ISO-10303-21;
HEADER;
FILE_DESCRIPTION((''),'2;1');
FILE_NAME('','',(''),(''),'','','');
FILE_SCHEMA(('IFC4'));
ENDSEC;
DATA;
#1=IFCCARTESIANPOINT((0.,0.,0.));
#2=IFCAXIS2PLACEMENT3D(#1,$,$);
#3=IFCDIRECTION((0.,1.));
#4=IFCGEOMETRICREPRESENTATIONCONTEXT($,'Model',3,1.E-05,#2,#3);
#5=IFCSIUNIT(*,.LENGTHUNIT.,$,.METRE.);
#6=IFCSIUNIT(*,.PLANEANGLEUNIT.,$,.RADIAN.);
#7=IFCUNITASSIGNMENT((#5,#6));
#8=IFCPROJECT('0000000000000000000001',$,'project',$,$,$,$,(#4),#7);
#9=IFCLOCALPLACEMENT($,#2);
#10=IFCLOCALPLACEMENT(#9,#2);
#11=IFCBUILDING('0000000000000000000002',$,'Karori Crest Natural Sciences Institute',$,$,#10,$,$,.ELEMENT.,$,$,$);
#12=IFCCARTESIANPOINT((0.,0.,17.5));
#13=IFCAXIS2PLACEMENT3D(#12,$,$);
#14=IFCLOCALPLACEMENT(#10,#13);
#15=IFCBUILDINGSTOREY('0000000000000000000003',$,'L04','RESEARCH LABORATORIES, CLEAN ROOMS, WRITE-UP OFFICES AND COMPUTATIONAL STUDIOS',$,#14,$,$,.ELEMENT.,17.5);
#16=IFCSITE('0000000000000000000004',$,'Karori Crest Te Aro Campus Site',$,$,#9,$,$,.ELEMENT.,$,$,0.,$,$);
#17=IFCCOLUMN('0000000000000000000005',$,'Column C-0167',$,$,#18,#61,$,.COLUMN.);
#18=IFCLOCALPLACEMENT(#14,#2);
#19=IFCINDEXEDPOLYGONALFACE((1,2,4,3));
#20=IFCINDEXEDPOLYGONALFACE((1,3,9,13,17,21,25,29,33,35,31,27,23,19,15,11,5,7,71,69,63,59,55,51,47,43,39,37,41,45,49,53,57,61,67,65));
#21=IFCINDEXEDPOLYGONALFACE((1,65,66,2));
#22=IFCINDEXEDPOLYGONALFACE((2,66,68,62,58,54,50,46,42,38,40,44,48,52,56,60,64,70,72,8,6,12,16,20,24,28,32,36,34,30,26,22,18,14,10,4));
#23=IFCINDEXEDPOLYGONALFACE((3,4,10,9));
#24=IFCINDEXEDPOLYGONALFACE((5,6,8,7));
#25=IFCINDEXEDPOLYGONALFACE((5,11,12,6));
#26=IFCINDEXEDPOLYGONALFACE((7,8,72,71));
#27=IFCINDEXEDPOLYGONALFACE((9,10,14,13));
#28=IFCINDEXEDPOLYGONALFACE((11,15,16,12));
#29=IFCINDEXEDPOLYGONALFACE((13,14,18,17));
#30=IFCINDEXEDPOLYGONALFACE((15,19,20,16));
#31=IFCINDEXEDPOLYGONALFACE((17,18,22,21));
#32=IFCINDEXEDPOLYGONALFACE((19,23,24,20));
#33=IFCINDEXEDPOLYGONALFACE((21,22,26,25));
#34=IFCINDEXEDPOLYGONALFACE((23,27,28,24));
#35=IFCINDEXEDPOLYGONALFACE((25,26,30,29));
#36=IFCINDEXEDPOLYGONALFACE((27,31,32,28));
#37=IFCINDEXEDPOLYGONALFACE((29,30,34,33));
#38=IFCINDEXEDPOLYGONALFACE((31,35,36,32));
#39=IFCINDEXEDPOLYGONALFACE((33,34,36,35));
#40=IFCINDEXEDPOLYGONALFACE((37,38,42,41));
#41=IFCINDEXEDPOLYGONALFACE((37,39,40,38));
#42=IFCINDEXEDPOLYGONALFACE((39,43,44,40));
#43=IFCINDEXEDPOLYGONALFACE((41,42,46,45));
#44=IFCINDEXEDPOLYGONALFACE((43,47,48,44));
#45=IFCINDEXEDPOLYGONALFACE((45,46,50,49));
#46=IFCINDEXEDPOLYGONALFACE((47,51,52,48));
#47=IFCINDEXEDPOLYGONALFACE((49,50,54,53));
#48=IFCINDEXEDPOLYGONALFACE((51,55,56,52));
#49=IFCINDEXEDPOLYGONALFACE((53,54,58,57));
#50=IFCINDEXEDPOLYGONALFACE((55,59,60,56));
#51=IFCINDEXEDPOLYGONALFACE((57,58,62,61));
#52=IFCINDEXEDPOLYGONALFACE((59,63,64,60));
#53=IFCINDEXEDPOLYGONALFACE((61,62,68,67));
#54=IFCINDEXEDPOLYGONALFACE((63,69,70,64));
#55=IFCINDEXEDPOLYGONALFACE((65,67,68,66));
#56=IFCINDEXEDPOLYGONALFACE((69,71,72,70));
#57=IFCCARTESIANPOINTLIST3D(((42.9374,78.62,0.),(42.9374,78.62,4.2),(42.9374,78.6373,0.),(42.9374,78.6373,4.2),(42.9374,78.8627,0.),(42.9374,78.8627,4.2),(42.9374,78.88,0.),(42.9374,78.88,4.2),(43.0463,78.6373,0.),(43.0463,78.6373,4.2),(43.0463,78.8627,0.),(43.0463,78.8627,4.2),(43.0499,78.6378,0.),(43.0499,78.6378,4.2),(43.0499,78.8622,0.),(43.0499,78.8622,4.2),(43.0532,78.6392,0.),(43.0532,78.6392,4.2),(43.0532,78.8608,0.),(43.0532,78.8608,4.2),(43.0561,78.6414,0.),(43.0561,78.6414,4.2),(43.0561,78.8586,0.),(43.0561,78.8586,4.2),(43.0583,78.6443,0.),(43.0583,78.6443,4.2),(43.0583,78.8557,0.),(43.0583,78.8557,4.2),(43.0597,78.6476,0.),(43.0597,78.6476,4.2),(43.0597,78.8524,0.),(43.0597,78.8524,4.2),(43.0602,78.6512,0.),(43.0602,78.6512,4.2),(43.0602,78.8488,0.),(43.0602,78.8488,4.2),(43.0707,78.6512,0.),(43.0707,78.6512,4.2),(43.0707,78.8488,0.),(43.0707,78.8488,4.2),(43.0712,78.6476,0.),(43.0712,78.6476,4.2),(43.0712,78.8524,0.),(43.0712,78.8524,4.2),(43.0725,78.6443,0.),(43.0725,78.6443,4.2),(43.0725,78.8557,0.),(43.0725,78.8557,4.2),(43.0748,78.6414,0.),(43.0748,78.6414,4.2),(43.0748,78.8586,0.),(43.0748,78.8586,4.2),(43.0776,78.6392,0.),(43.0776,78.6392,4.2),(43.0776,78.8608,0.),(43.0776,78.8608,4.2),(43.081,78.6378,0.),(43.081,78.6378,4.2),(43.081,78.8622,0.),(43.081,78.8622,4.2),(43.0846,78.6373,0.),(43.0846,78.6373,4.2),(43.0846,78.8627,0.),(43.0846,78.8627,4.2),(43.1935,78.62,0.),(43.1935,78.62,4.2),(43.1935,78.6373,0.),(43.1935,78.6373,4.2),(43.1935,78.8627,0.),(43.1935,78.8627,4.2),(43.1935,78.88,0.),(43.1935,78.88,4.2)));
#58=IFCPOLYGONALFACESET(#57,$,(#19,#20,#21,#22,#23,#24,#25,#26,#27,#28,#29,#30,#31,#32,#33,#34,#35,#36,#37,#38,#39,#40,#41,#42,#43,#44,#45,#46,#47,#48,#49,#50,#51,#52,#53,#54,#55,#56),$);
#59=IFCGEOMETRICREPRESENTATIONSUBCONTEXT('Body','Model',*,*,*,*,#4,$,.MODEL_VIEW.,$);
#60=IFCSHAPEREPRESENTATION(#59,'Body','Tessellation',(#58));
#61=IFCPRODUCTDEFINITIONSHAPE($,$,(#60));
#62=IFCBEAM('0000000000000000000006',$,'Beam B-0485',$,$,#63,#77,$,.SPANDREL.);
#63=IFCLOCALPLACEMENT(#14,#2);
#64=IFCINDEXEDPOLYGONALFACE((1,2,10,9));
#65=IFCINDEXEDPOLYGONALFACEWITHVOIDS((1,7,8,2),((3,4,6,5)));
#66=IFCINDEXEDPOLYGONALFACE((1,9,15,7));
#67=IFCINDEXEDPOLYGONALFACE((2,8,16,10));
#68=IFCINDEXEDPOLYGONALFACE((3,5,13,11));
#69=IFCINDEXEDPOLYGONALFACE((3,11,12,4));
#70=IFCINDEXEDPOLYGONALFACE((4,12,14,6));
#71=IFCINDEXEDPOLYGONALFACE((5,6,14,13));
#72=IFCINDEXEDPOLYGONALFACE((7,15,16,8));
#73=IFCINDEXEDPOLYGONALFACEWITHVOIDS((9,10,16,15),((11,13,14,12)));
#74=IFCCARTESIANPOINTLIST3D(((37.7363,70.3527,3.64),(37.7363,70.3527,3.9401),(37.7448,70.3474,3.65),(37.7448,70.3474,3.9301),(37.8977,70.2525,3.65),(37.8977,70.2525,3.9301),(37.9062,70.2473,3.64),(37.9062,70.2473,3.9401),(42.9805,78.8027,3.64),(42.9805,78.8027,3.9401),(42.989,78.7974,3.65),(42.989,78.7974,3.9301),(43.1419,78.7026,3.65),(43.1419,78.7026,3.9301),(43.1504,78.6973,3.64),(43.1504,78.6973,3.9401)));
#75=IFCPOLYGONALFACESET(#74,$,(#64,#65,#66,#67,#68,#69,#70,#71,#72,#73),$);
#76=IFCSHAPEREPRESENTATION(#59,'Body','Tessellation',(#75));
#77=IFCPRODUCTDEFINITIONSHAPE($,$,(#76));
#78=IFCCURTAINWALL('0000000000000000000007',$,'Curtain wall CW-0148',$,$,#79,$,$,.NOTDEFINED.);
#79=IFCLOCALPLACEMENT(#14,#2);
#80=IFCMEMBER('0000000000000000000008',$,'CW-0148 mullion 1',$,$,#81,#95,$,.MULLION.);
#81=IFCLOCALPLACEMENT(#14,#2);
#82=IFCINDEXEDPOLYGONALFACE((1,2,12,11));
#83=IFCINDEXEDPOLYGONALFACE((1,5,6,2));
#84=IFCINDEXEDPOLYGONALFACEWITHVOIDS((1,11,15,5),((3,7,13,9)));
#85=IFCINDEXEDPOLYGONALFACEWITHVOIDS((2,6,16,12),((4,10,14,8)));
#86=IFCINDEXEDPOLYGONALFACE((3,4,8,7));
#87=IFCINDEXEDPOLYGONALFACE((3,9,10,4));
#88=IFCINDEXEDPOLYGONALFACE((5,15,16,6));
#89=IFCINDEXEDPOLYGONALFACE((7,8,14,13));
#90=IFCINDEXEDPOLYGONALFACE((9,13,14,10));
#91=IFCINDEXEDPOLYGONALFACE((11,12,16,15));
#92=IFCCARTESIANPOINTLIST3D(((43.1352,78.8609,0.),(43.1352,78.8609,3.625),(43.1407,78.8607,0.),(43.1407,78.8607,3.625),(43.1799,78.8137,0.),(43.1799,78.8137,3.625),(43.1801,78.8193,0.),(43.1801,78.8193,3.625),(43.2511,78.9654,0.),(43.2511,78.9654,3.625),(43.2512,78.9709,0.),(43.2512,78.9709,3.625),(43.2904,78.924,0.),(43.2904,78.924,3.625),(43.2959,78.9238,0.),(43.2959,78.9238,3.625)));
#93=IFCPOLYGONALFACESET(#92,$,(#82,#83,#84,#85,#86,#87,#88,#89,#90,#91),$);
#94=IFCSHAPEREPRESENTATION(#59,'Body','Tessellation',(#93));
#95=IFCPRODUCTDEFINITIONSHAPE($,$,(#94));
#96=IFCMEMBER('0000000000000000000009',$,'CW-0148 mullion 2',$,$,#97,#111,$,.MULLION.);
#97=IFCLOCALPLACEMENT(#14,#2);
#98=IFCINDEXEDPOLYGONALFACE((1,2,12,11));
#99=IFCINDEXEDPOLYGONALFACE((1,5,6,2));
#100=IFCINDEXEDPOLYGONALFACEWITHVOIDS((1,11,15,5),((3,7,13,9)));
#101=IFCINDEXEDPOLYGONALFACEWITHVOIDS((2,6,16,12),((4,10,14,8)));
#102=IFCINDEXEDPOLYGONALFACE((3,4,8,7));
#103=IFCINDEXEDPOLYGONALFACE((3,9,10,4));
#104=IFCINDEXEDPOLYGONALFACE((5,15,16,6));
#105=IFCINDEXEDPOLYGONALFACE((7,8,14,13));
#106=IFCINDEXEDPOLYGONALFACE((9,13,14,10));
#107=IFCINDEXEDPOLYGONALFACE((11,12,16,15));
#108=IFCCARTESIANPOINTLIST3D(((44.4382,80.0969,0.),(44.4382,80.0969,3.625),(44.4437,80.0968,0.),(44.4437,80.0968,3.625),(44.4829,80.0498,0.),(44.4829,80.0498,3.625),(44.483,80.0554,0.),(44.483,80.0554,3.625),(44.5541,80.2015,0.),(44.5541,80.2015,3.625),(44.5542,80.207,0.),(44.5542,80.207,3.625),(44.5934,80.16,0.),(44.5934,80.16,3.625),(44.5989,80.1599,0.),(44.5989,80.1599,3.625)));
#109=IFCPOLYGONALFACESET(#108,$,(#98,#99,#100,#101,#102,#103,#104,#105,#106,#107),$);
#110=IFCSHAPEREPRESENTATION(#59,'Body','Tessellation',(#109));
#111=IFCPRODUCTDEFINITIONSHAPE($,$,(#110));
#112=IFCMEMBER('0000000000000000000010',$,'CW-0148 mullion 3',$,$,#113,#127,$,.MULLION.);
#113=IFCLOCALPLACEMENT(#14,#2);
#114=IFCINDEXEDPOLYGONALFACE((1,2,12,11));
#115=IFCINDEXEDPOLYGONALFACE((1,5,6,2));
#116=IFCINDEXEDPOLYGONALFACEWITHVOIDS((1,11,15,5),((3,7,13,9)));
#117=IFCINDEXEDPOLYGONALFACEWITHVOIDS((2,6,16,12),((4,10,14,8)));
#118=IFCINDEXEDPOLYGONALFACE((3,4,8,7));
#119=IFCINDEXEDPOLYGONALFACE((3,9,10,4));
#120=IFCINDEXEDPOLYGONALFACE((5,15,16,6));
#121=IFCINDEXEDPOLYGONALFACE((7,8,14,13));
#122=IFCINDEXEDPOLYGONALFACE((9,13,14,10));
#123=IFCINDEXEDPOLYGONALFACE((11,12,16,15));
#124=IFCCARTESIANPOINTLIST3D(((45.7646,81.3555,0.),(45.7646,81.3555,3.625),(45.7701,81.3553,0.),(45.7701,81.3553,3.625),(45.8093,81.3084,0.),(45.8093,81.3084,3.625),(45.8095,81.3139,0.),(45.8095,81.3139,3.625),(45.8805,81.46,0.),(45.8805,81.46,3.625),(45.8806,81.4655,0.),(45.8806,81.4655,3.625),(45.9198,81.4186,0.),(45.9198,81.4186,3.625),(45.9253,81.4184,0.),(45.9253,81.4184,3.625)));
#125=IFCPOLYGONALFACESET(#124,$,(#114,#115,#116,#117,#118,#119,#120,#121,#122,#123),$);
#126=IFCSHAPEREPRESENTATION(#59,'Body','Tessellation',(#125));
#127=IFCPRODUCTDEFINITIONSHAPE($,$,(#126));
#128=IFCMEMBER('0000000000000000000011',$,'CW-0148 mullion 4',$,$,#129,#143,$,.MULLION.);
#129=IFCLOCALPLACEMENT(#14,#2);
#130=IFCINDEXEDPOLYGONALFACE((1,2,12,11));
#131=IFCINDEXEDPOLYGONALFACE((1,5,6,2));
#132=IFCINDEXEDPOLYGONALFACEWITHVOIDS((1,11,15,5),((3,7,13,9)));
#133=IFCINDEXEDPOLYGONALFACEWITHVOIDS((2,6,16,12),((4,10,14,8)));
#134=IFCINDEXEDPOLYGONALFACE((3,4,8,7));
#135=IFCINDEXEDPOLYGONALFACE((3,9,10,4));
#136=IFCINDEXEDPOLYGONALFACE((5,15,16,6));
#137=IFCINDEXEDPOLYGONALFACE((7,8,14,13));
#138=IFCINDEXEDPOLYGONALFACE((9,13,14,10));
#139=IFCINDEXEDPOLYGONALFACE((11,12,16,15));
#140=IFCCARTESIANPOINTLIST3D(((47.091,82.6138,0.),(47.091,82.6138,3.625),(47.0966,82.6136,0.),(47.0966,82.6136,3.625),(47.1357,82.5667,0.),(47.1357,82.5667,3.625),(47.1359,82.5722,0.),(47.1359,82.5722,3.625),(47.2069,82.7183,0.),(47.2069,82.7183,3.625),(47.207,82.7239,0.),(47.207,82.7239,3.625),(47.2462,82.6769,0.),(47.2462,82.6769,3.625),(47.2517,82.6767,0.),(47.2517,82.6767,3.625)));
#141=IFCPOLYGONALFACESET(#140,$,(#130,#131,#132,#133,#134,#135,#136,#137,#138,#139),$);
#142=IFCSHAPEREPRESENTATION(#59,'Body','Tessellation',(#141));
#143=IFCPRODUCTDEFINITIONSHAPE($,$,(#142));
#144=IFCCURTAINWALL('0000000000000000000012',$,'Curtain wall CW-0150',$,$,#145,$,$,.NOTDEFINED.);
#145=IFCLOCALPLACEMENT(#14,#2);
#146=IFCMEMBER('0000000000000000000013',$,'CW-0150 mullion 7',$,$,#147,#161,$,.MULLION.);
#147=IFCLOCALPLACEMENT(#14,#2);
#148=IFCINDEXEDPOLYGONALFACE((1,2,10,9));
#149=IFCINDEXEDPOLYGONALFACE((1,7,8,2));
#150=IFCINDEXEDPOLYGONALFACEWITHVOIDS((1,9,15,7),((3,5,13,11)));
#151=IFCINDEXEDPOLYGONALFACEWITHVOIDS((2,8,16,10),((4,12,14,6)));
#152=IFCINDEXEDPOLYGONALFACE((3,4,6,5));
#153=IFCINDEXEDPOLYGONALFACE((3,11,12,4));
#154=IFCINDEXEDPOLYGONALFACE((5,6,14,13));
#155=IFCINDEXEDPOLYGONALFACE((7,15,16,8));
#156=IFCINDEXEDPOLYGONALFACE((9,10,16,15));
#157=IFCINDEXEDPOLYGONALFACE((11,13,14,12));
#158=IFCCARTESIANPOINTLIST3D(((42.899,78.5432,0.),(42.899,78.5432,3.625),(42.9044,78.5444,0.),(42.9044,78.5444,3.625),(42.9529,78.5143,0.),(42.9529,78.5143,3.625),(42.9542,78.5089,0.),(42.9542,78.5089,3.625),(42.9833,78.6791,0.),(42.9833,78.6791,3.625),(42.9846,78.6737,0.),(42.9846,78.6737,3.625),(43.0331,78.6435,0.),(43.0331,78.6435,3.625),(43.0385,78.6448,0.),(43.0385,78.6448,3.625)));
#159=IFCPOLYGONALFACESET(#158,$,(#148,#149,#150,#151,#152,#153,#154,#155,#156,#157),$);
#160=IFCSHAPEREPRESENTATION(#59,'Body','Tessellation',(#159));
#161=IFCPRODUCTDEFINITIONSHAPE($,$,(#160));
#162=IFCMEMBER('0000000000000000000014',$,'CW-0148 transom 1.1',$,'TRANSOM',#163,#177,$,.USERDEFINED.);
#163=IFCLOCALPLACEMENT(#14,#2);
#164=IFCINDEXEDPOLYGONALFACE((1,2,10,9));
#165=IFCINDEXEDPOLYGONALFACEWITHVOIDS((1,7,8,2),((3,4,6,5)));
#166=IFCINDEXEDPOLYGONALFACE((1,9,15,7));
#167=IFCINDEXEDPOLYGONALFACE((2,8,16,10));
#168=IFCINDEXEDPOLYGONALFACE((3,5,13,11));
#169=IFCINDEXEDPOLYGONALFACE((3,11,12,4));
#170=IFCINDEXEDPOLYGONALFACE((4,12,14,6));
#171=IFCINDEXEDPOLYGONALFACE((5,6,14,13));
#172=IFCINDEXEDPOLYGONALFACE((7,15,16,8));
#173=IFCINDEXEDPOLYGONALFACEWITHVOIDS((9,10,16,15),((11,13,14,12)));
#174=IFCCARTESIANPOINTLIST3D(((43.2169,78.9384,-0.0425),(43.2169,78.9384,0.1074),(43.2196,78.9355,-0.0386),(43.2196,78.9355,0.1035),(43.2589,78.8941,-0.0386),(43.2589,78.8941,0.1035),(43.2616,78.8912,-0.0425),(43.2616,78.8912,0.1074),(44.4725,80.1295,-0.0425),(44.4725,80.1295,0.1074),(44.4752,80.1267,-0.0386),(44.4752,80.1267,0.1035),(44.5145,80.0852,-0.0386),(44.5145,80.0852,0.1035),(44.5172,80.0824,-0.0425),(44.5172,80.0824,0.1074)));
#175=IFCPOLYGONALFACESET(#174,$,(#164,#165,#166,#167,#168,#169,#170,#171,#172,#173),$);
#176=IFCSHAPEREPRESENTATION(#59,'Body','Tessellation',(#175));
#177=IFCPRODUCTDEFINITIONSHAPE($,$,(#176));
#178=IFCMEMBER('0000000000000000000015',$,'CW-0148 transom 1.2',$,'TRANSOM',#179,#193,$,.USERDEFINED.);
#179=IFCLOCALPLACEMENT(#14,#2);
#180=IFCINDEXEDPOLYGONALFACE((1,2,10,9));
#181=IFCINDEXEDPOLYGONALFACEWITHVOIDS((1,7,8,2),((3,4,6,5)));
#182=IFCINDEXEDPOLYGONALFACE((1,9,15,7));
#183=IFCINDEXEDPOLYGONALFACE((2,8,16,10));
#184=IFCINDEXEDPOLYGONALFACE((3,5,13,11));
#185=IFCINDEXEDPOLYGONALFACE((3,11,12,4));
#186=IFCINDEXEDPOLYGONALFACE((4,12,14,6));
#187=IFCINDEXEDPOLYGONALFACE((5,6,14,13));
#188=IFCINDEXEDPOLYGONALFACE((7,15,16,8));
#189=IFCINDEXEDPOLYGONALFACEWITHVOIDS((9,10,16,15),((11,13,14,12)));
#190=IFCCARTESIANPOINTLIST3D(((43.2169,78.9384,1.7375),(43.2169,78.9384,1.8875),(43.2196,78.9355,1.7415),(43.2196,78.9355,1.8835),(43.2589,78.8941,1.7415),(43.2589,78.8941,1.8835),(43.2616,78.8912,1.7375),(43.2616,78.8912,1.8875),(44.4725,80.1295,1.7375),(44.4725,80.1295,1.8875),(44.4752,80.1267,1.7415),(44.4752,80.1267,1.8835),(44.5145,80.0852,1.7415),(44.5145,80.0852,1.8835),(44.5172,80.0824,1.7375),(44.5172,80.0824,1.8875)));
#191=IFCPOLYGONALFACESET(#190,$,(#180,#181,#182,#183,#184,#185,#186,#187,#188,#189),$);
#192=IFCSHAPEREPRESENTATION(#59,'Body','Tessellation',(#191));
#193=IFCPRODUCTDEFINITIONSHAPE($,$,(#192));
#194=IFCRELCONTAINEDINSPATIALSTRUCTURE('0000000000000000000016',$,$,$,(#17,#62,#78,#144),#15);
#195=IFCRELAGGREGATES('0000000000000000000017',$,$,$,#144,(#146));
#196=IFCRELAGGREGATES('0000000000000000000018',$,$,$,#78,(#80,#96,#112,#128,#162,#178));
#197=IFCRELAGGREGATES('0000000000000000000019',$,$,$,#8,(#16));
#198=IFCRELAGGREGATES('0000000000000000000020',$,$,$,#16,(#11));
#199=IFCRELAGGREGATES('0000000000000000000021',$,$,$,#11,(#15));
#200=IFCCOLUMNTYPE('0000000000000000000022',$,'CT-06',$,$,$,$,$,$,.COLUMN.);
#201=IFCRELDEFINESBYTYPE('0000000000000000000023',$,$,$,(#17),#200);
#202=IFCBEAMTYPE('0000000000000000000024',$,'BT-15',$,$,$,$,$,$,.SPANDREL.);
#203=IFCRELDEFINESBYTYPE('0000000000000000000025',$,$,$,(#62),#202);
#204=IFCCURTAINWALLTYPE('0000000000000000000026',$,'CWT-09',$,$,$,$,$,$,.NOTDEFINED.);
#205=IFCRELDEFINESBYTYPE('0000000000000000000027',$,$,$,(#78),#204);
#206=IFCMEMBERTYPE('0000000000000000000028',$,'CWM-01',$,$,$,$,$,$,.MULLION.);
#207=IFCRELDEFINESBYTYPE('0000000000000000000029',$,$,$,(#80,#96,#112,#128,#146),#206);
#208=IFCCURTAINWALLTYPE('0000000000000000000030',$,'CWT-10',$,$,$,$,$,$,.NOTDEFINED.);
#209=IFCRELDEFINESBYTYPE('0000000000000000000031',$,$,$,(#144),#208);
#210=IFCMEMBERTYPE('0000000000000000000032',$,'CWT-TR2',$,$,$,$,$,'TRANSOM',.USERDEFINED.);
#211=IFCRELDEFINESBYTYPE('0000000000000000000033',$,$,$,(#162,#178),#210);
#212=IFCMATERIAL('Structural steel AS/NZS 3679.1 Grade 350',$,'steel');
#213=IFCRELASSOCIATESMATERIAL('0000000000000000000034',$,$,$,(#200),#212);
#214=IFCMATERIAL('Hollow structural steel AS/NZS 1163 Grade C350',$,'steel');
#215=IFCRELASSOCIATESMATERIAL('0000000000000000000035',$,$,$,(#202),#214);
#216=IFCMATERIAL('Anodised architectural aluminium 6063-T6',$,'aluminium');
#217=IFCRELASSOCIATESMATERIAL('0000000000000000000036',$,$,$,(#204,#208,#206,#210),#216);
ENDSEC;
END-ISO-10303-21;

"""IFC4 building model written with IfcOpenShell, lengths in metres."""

from ifc_helpers import new_model, si_unit, direction, frame, origin, origin_2d, place, context, subcontext, project, spatial, hollow_rectangle, i_section, extrude, material, material_profile, profile_set, type_object, element, aggregate, save


model = new_model("IFC4")

# Units and contexts
model_context = context("Model", 3, precision=1e-05, world=origin(), true_north=direction((0.0, 1.0)))
body_context = subcontext(model_context, "Body", "Model", "MODEL_VIEW")
ifc_project = project(units=[si_unit("LENGTHUNIT", "METRE"), si_unit("PLANEANGLEUNIT", "RADIAN")], contexts=[model_context])

# Site, building, storey
site_placement = place(None, origin())
site = spatial("IfcSite", under=ifc_project, at=site_placement, Name="Karori Crest Te Aro Campus Site", CompositionType="ELEMENT", RefElevation=0.0)
building_placement = place(site_placement, origin())
building = spatial("IfcBuilding", under=site, at=building_placement, Name="Karori Crest Natural Sciences Institute", CompositionType="ELEMENT")
storey_placement = place(building_placement, frame((0.0, 0.0, 17.5)))
storey = spatial("IfcBuildingStorey", under=building, at=storey_placement, Name="L04", Description="RESEARCH LABORATORIES, CLEAN ROOMS, WRITE-UP OFFICES AND COMPUTATIONAL STUDIOS", CompositionType="ELEMENT", Elevation=17.5)

# Column
ifc_material_1 = material(Name="Structural steel AS/NZS 3679.1 Grade 350", Category="steel")
ifc_material_profile_1 = material_profile(ifc_material_1, i_section(OverallWidth=0.2561, OverallDepth=0.26, WebThickness=0.0105, FlangeThickness=0.0173, FilletRadius=0.0139, at=origin_2d()), Name="250UC89.5")
ifc_profile_set_1 = profile_set([ifc_material_profile_1], Name="Structural steel AS/NZS 3679.1 Grade 350")
column_type = type_object("IfcColumnType", Name="CT-06", PredefinedType="COLUMN", material=ifc_profile_set_1)
column_placement = place(storey_placement, frame((43.0654, 78.75, 0.0), z_axis=(0.0, 0.0, 1.0), x_axis=(1.0, 0.0, 0.0)))
element("IfcColumn", 1, at=column_placement, inside=storey, type_object=column_type, Name="Column C-0167", PredefinedType="COLUMN", context=body_context, shape_type="SweptSolid", body=[
    extrude(i_section(OverallWidth=0.2561, OverallDepth=0.26, WebThickness=0.0105, FlangeThickness=0.0173, FilletRadius=0.0139, at=origin_2d()), origin(), (0.0, 0.0, 1.0), 4.2),
])

# Beam
ifc_material_2 = material(Name="Hollow structural steel AS/NZS 1163 Grade C350", Category="steel")
ifc_material_profile_2 = material_profile(ifc_material_2, hollow_rectangle(XDim=0.2, YDim=0.3, WallThickness=0.01, at=origin_2d()), Name="RHS300x200x10")
ifc_profile_set_2 = profile_set([ifc_material_profile_2], Name="Hollow structural steel AS/NZS 1163 Grade C350")
beam_type = type_object("IfcBeamType", Name="BT-15", PredefinedType="SPANDREL", material=ifc_profile_set_2)
beam_placement = place(storey_placement, frame((43.0654, 78.75, 3.79), z_axis=(-0.527315, -0.84967, 0.0), x_axis=(0.84967, -0.527315, 0.0)))
element("IfcBeam", 2, at=beam_placement, inside=storey, type_object=beam_type, Name="Beam B-0485", PredefinedType="SPANDREL", context=body_context, shape_type="SweptSolid", body=[
    extrude(hollow_rectangle(XDim=0.2, YDim=0.3, WallThickness=0.01, at=origin_2d()), origin(), (0.0, 0.0, 1.0), 9.9451),
])

# Curtain wall, members
ifc_material_3 = material(Name="Anodised architectural aluminium 6063-T6", Category="aluminium")
curtain_wall_type_1 = type_object("IfcCurtainWallType", Name="CWT-09", PredefinedType="NOTDEFINED", material=ifc_material_3)
curtain_wall_1_placement = place(storey_placement, origin())
curtain_wall_1 = element("IfcCurtainWall", 3, at=curtain_wall_1_placement, inside=storey, type_object=curtain_wall_type_1, Name="Curtain wall CW-0148", PredefinedType="NOTDEFINED")
ifc_material_profile_3 = material_profile(ifc_material_3, hollow_rectangle(XDim=0.0649, YDim=0.1599, WallThickness=0.0039, at=origin_2d()), Name="CWM160x65x4")
ifc_profile_set_3 = profile_set([ifc_material_profile_3], Name="Anodised architectural aluminium 6063-T6")
member_type_1 = type_object("IfcMemberType", Name="CWM-01", PredefinedType="MULLION", material=ifc_profile_set_3)
member_1_placement = place(storey_placement, frame((43.2156, 78.8923, 0.0), z_axis=(0.0, 0.0, 1.0), x_axis=(-0.688251, 0.725473, 0.0)))
member_1 = element("IfcMember", 4, at=member_1_placement, type_object=member_type_1, Name="CW-0148 mullion 1", PredefinedType="MULLION", context=body_context, shape_type="SweptSolid", body=[
    extrude(hollow_rectangle(XDim=0.0649, YDim=0.1599, WallThickness=0.0039, at=origin_2d()), origin(), (0.0, 0.0, 1.0), 3.625),
])
member_2_placement = place(storey_placement, frame((44.5186, 80.1284, 0.0), z_axis=(0.0, 0.0, 1.0), x_axis=(-0.688251, 0.725473, 0.0)))
member_2 = element("IfcMember", 5, at=member_2_placement, type_object=member_type_1, Name="CW-0148 mullion 2", PredefinedType="MULLION", context=body_context, shape_type="SweptSolid", body=[
    extrude(hollow_rectangle(XDim=0.0649, YDim=0.1599, WallThickness=0.0039, at=origin_2d()), origin(), (0.0, 0.0, 1.0), 3.625),
])
member_3_placement = place(storey_placement, frame((45.845, 81.387, 0.0), z_axis=(0.0, 0.0, 1.0), x_axis=(-0.688251, 0.725473, 0.0)))
member_3 = element("IfcMember", 6, at=member_3_placement, type_object=member_type_1, Name="CW-0148 mullion 3", PredefinedType="MULLION", context=body_context, shape_type="SweptSolid", body=[
    extrude(hollow_rectangle(XDim=0.0649, YDim=0.1599, WallThickness=0.0039, at=origin_2d()), origin(), (0.0, 0.0, 1.0), 3.625),
])
member_4_placement = place(storey_placement, frame((47.1714, 82.6453, 0.0), z_axis=(0.0, 0.0, 1.0), x_axis=(-0.688251, 0.725473, 0.0)))
member_4 = element("IfcMember", 7, at=member_4_placement, type_object=member_type_1, Name="CW-0148 mullion 4", PredefinedType="MULLION", context=body_context, shape_type="SweptSolid", body=[
    extrude(hollow_rectangle(XDim=0.0649, YDim=0.1599, WallThickness=0.0039, at=origin_2d()), origin(), (0.0, 0.0, 1.0), 3.625),
])

# Curtain wall, member
curtain_wall_type_2 = type_object("IfcCurtainWallType", Name="CWT-10", PredefinedType="NOTDEFINED", material=ifc_material_3)
curtain_wall_2_placement = place(storey_placement, origin())
curtain_wall_2 = element("IfcCurtainWall", 8, at=curtain_wall_2_placement, inside=storey, type_object=curtain_wall_type_2, Name="Curtain wall CW-0150", PredefinedType="NOTDEFINED")
member_5_placement = place(storey_placement, frame((42.9688, 78.594, 0.0), z_axis=(0.0, 0.0, 1.0), x_axis=(-0.849664, 0.527324, 0.0)))
member_5 = element("IfcMember", 9, at=member_5_placement, type_object=member_type_1, Name="CW-0150 mullion 7", PredefinedType="MULLION", context=body_context, shape_type="SweptSolid", body=[
    extrude(hollow_rectangle(XDim=0.0649, YDim=0.1599, WallThickness=0.0039, at=origin_2d()), origin(), (0.0, 0.0, 1.0), 3.625),
])

# Members
ifc_material_profile_4 = material_profile(ifc_material_3, hollow_rectangle(XDim=0.0649, YDim=0.1499, WallThickness=0.0039, at=origin_2d()), Name="CWT150x65x4")
ifc_profile_set_4 = profile_set([ifc_material_profile_4], Name="Anodised architectural aluminium 6063-T6")
member_type_2 = type_object("IfcMemberType", Name="CWT-TR2", ElementType="TRANSOM", PredefinedType="USERDEFINED", material=ifc_profile_set_4)
member_6_placement = place(storey_placement, frame((43.2393, 78.9148, 0.0325), z_axis=(0.725482, 0.688241, 0.0), x_axis=(-0.688241, 0.725482, 0.0)))
member_6 = element("IfcMember", 10, at=member_6_placement, type_object=member_type_2, Name="CW-0148 transom 1.1", ObjectType="TRANSOM", PredefinedType="USERDEFINED", context=body_context, shape_type="SweptSolid", body=[
    extrude(hollow_rectangle(XDim=0.0649, YDim=0.1499, WallThickness=0.0039, at=origin_2d()), origin(), (0.0, 0.0, 1.0), 1.7307),
])
member_7_placement = place(storey_placement, frame((43.2393, 78.9148, 1.8125), z_axis=(0.725482, 0.688241, 0.0), x_axis=(-0.688241, 0.725482, 0.0)))
member_7 = element("IfcMember", 11, at=member_7_placement, type_object=member_type_2, Name="CW-0148 transom 1.2", ObjectType="TRANSOM", PredefinedType="USERDEFINED", context=body_context, shape_type="SweptSolid", body=[
    extrude(hollow_rectangle(XDim=0.0649, YDim=0.1499, WallThickness=0.0039, at=origin_2d()), origin(), (0.0, 0.0, 1.0), 1.7307),
])

aggregate(curtain_wall_2, [member_5])
aggregate(curtain_wall_1, [member_1, member_2, member_3, member_4, member_6, member_7])

save(model, "model.ifc")
